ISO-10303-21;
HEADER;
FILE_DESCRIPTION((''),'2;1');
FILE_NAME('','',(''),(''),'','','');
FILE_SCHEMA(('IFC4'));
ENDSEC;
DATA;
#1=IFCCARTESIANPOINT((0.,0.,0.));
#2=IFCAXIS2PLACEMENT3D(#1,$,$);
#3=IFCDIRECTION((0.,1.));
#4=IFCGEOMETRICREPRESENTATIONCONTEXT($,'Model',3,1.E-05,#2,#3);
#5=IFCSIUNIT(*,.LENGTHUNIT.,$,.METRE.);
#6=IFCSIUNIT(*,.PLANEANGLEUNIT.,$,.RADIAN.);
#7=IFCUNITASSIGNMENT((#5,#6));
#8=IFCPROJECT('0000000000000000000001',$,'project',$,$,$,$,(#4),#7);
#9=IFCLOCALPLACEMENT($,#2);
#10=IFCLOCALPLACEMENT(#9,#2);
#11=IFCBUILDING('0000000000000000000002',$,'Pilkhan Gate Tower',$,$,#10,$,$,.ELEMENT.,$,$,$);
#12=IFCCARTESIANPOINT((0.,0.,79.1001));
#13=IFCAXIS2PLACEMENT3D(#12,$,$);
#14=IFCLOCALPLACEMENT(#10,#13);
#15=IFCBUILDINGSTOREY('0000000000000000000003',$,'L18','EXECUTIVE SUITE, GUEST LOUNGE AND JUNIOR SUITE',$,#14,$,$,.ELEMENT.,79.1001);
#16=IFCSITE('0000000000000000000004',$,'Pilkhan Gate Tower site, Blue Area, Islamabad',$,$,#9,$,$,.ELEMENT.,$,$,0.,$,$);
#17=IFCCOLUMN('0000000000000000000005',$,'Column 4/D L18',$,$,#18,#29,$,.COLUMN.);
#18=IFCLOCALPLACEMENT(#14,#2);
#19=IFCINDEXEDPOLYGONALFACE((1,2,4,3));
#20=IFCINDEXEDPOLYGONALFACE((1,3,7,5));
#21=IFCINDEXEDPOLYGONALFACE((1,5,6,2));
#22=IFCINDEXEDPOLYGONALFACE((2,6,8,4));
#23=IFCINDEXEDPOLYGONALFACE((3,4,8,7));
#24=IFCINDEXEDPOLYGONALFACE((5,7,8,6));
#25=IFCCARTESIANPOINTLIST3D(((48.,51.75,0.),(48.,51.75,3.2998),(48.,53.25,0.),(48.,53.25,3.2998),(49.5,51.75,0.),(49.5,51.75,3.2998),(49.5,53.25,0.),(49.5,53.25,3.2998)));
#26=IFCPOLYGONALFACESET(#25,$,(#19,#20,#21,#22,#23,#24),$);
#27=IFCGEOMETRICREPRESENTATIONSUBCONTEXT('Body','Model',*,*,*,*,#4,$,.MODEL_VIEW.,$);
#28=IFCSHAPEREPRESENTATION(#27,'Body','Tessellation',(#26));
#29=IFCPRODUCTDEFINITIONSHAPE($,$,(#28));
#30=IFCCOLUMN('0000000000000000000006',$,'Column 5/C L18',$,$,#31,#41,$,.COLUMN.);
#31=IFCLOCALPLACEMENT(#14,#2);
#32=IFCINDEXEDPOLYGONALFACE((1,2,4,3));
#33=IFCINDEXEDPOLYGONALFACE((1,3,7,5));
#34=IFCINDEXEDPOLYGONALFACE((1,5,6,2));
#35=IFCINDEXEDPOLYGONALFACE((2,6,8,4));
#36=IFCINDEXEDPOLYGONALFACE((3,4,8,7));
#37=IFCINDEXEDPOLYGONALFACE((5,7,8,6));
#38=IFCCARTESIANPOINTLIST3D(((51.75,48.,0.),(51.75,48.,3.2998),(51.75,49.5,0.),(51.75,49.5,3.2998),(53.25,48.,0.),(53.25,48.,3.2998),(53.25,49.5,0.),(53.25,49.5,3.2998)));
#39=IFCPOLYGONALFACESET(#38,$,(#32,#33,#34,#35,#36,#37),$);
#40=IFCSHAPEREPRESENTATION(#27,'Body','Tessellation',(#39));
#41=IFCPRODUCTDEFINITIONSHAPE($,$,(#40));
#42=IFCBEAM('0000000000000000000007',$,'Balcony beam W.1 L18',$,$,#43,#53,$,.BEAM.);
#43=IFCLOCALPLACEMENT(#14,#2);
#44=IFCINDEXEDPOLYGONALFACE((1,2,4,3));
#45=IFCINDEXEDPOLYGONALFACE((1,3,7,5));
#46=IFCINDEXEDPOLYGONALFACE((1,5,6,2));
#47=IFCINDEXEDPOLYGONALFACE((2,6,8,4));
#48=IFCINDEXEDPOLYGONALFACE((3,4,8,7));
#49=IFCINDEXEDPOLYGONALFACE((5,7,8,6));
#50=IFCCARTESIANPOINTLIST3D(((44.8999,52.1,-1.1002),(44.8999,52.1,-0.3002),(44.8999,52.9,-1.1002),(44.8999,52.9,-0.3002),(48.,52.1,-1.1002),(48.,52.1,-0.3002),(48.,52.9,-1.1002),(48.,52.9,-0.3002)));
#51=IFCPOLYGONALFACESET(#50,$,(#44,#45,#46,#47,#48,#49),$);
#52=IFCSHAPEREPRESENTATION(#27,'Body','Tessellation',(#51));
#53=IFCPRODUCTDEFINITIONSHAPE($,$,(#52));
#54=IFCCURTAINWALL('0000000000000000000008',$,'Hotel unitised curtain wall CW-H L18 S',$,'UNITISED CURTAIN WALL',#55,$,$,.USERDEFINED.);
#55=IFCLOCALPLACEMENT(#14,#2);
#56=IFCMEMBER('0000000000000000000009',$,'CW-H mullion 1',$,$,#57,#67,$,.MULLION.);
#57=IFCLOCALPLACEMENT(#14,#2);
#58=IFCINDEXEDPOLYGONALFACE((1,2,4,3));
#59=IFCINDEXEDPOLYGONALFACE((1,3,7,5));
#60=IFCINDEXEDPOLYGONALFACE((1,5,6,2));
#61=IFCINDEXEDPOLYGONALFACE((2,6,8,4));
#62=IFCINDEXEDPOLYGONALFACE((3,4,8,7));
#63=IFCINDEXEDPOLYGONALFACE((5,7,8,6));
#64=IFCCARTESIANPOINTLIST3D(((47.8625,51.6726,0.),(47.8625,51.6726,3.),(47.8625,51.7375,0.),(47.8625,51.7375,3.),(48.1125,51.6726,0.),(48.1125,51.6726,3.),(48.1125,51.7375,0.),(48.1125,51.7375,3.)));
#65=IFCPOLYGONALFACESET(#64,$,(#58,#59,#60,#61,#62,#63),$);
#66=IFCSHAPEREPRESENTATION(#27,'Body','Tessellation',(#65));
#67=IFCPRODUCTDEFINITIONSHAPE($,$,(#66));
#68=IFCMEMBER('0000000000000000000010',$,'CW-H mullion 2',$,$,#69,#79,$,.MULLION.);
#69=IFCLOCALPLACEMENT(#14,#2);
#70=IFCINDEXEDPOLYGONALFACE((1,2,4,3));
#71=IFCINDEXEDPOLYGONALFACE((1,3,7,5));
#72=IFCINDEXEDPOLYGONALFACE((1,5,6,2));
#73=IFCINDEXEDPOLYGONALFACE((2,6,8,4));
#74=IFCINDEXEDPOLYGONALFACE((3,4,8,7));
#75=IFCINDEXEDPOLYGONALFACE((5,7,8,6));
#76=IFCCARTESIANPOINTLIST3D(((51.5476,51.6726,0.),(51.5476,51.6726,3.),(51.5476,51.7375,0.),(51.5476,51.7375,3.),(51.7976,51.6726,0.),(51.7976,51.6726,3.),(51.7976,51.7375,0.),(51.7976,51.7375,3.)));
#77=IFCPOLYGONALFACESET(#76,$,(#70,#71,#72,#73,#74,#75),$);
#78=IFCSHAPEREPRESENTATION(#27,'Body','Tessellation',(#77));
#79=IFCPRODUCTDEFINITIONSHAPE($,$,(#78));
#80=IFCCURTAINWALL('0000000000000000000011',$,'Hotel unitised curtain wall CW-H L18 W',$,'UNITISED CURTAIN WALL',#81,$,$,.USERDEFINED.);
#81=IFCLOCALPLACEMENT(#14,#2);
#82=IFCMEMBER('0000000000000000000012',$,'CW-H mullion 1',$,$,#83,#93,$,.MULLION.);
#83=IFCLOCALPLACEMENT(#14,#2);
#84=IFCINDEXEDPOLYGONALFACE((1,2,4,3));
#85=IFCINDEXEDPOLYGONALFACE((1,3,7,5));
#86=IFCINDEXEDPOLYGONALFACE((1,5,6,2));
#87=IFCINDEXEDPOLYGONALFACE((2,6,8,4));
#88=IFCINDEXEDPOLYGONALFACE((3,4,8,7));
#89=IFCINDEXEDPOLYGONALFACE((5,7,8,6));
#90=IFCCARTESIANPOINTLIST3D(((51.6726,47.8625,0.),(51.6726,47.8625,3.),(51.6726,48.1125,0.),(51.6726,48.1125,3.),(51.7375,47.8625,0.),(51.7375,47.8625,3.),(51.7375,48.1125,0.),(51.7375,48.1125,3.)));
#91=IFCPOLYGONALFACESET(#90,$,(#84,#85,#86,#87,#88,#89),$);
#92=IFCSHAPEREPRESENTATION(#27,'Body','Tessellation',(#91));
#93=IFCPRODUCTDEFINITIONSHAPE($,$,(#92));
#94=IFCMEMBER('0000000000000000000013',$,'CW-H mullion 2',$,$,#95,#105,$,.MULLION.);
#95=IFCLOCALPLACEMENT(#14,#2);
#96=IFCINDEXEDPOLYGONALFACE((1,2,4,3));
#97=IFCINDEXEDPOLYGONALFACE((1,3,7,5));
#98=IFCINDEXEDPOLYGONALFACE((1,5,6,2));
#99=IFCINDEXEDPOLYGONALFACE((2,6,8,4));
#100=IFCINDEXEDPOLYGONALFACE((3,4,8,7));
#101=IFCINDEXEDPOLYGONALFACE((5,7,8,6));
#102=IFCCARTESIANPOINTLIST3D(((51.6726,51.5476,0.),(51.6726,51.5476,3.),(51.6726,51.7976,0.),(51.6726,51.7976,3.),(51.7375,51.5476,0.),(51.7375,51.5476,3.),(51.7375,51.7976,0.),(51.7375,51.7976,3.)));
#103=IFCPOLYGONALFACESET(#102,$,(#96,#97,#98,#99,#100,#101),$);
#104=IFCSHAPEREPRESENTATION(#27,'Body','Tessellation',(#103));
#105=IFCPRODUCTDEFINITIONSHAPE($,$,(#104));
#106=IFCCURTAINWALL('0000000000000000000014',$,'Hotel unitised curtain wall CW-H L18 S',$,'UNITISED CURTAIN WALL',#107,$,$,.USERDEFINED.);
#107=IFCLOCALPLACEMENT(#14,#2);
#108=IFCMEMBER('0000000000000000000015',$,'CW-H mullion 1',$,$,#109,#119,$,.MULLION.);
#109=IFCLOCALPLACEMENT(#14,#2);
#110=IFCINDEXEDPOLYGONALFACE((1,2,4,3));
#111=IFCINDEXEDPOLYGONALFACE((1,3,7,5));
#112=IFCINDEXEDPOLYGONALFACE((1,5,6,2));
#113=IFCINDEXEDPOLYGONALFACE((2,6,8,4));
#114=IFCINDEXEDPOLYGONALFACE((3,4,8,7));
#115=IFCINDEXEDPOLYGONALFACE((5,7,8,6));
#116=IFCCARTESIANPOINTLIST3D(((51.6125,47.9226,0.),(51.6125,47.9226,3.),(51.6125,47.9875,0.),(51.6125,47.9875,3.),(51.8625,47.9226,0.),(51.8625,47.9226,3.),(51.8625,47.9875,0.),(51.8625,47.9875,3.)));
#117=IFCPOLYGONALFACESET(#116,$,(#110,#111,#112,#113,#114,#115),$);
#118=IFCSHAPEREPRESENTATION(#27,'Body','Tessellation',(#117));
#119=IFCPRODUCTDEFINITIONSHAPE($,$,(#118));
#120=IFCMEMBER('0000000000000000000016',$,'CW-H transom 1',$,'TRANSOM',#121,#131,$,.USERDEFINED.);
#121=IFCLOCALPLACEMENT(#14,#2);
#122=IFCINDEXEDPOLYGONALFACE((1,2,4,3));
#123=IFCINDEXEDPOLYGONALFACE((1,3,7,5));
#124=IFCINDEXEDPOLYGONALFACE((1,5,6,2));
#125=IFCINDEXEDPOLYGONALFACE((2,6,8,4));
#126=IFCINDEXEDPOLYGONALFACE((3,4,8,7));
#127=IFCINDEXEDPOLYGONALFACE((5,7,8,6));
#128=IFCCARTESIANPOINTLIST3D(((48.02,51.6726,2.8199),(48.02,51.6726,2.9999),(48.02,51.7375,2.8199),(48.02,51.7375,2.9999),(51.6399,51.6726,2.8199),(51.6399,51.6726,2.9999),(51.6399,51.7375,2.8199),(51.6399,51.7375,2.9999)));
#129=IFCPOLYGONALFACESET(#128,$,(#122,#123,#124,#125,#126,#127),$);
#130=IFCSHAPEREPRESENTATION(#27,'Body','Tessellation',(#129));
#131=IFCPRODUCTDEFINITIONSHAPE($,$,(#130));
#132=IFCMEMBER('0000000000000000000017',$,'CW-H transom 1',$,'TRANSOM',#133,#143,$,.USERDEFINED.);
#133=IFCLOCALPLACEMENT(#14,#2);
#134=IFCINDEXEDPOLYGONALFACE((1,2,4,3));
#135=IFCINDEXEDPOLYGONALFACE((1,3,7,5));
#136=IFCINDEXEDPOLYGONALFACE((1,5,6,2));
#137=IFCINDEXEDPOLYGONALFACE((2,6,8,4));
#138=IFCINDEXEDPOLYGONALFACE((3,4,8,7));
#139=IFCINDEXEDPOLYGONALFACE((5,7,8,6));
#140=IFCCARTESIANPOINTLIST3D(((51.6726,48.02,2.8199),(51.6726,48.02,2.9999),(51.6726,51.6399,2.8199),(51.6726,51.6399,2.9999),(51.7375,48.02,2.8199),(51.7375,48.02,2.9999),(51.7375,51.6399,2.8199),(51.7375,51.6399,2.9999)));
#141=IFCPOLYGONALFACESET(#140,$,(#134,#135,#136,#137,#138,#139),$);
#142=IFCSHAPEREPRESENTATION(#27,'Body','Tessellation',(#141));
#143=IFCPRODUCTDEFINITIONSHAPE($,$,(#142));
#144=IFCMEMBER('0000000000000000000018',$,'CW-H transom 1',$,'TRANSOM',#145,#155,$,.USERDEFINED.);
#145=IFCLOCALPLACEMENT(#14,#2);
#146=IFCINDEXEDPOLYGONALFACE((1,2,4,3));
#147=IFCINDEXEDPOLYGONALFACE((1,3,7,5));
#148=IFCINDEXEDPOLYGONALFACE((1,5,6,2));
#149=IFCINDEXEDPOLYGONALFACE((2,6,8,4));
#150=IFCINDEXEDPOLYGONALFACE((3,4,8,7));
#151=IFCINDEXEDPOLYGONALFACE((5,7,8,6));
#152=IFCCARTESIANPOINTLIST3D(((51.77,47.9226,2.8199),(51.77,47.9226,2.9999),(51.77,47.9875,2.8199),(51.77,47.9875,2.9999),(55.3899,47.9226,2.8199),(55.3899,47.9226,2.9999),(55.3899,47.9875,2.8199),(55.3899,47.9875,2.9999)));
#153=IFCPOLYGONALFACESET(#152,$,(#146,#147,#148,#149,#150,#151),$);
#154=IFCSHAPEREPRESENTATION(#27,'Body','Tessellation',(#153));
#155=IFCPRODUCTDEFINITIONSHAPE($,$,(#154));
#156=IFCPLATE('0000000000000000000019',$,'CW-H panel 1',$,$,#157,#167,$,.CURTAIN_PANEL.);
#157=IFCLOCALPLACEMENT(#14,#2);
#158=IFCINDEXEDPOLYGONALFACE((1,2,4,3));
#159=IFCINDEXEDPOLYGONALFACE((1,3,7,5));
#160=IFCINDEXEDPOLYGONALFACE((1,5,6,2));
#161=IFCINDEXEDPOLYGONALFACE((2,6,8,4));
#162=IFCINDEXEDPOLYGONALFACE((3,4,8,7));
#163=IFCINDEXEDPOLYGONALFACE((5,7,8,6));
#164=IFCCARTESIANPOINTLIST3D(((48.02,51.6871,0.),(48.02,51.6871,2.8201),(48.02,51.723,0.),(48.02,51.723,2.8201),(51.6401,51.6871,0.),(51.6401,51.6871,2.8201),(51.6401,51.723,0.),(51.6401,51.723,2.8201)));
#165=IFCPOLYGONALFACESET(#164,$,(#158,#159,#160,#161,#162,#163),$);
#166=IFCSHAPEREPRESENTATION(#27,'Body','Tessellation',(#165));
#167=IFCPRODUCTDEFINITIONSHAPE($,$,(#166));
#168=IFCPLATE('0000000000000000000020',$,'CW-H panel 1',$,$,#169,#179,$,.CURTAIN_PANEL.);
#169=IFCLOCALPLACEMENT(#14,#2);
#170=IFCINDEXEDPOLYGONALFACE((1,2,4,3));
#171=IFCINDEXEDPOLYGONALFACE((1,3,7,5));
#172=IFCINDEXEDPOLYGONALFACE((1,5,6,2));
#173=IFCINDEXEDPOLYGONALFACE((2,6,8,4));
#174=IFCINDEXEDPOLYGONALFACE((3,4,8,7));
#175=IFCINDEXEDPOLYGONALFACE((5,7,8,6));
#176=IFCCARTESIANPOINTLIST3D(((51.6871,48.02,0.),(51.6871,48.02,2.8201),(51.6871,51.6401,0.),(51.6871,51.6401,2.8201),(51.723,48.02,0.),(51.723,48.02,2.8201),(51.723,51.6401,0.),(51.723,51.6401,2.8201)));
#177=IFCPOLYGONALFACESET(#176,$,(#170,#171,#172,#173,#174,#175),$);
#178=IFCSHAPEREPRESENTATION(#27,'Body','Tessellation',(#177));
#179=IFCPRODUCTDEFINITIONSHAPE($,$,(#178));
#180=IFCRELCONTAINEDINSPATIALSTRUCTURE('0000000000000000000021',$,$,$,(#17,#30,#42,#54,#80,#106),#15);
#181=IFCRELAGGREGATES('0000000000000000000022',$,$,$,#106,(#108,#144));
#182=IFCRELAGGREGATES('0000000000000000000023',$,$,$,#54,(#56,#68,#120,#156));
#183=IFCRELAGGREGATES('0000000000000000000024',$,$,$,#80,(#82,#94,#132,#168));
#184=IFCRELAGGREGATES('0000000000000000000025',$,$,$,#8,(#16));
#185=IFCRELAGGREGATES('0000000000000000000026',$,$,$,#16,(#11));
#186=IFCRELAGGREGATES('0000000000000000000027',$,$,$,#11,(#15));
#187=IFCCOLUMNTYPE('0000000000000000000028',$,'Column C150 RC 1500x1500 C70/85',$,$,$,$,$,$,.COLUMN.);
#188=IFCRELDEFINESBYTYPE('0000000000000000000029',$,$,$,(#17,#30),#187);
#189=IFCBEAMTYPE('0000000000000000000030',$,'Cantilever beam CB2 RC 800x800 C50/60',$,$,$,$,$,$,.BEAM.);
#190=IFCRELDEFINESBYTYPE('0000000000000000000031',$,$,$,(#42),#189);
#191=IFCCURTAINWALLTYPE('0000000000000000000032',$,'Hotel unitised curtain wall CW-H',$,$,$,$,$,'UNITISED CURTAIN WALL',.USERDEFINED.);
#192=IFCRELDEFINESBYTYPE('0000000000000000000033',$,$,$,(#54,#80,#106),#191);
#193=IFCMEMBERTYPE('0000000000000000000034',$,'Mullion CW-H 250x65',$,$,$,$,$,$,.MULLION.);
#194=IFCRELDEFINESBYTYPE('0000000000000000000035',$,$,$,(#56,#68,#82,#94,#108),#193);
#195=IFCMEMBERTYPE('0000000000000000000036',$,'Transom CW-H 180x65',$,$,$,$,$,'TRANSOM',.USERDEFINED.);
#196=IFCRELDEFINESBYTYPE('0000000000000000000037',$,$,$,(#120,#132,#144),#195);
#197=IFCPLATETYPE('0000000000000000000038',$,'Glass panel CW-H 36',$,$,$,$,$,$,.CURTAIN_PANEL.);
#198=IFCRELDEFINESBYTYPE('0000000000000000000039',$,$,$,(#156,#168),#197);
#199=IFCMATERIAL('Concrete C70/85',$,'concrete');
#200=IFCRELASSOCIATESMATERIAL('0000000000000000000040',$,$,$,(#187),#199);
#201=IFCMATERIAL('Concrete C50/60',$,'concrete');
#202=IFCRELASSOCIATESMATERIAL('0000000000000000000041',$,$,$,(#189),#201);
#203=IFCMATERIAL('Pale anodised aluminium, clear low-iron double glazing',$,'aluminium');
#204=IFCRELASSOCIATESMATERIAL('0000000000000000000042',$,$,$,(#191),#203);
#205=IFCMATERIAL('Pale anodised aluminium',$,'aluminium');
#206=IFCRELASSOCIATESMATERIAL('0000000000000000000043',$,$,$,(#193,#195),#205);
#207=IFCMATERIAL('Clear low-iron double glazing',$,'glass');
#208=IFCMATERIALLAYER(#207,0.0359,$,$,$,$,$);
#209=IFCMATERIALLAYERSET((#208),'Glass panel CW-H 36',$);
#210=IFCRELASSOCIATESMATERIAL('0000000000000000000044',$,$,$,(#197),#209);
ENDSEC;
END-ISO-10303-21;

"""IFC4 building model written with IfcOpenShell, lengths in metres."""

from ifc_helpers import new_model, si_unit, direction, frame, origin, origin_2d, place, context, subcontext, project, spatial, rectangle, extrude, material, layer, layer_set, material_profile, profile_set, type_object, element, aggregate, save


model = new_model("IFC4")

# Units and contexts
model_context = context("Model", 3, precision=1e-05, world=origin(), true_north=direction((0.0, 1.0)))
body_context = subcontext(model_context, "Body", "Model", "MODEL_VIEW")
ifc_project = project(units=[si_unit("LENGTHUNIT", "METRE"), si_unit("PLANEANGLEUNIT", "RADIAN")], contexts=[model_context])

# Site, building, storey
site_placement = place(None, origin())
site = spatial("IfcSite", under=ifc_project, at=site_placement, Name="Pilkhan Gate Tower site, Blue Area, Islamabad", CompositionType="ELEMENT", RefElevation=0.0)
building_placement = place(site_placement, origin())
building = spatial("IfcBuilding", under=site, at=building_placement, Name="Pilkhan Gate Tower", CompositionType="ELEMENT")
storey_placement = place(building_placement, frame((0.0, 0.0, 79.1001)))
storey = spatial("IfcBuildingStorey", under=building, at=storey_placement, Name="L18", Description="EXECUTIVE SUITE, GUEST LOUNGE AND JUNIOR SUITE", CompositionType="ELEMENT", Elevation=79.1001)

# Columns
ifc_material_1 = material(Name="Concrete C70/85", Category="concrete")
ifc_material_profile_1 = material_profile(ifc_material_1, rectangle(XDim=1.5, YDim=1.5, at=origin_2d()), Name="RC 1500x1500")
ifc_profile_set_1 = profile_set([ifc_material_profile_1], Name="Concrete C70/85")
column_type = type_object("IfcColumnType", Name="Column C150 RC 1500x1500 C70/85", PredefinedType="COLUMN", material=ifc_profile_set_1)
for number, where, z_axis, x_axis, name in (
    (1, (48.75, 52.5, 0.0), (0.0, 0.0, 1.0), (1.0, 0.0, 0.0), "Column 4/D L18"),
    (2, (52.5, 48.75, 0.0), (0.0, 0.0, 1.0), (1.0, 0.0, 0.0), "Column 5/C L18"),
):
    element("IfcColumn", number, at=place(storey_placement, frame(where, z_axis=z_axis, x_axis=x_axis)), inside=storey, type_object=column_type, Name=name, PredefinedType="COLUMN", context=body_context, shape_type="SweptSolid", body=[
        extrude(rectangle(XDim=1.5, YDim=1.5, at=origin_2d()), origin(), (0.0, 0.0, 1.0), 3.2998),
    ])

# Beam
ifc_material_2 = material(Name="Concrete C50/60", Category="concrete")
ifc_material_profile_2 = material_profile(ifc_material_2, rectangle(XDim=0.8, YDim=0.8, at=origin_2d()), Name="RC 800x800")
ifc_profile_set_2 = profile_set([ifc_material_profile_2], Name="Concrete C50/60")
beam_type = type_object("IfcBeamType", Name="Cantilever beam CB2 RC 800x800 C50/60", PredefinedType="BEAM", material=ifc_profile_set_2)
beam_placement = place(storey_placement, frame((48.0, 52.5, -0.7002), z_axis=(-1.0, 0.0, 0.0), x_axis=(0.0, -1.0, 0.0)))
element("IfcBeam", 3, at=beam_placement, inside=storey, type_object=beam_type, Name="Balcony beam W.1 L18", PredefinedType="BEAM", context=body_context, shape_type="SweptSolid", body=[
    extrude(rectangle(XDim=0.8, YDim=0.8, at=origin_2d()), origin(), (0.0, 0.0, 1.0), 3.1001),
])

# Curtain walls, members
ifc_material_3 = material(Name="Pale anodised aluminium, clear low-iron double glazing", Category="aluminium")
curtain_wall_type = type_object("IfcCurtainWallType", Name="Hotel unitised curtain wall CW-H", ElementType="UNITISED CURTAIN WALL", PredefinedType="USERDEFINED", material=ifc_material_3)
curtain_wall_1_placement = place(storey_placement, origin())
curtain_wall_1 = element("IfcCurtainWall", 4, at=curtain_wall_1_placement, inside=storey, type_object=curtain_wall_type, Name="Hotel unitised curtain wall CW-H L18 S", ObjectType="UNITISED CURTAIN WALL", PredefinedType="USERDEFINED")
ifc_material_4 = material(Name="Pale anodised aluminium", Category="aluminium")
ifc_material_profile_3 = material_profile(ifc_material_4, rectangle(XDim=0.0649, YDim=0.25, at=origin_2d()), Name="Mullion 250x65")
ifc_profile_set_3 = profile_set([ifc_material_profile_3], Name="Pale anodised aluminium")
member_type_1 = type_object("IfcMemberType", Name="Mullion CW-H 250x65", PredefinedType="MULLION", material=ifc_profile_set_3)
member_1_placement = place(storey_placement, frame((47.9875, 51.7051, 0.0), z_axis=(0.0, 0.0, 1.0), x_axis=(0.0, 1.0, 0.0)))
member_1 = element("IfcMember", 5, at=member_1_placement, type_object=member_type_1, Name="CW-H mullion 1", PredefinedType="MULLION", context=body_context, shape_type="SweptSolid", body=[
    extrude(rectangle(XDim=0.0649, YDim=0.25, at=origin_2d()), origin(), (0.0, 0.0, 1.0), 3.0),
])
member_2_placement = place(storey_placement, frame((51.6726, 51.7051, 0.0), z_axis=(0.0, 0.0, 1.0), x_axis=(0.0, 1.0, 0.0)))
member_2 = element("IfcMember", 6, at=member_2_placement, type_object=member_type_1, Name="CW-H mullion 2", PredefinedType="MULLION", context=body_context, shape_type="SweptSolid", body=[
    extrude(rectangle(XDim=0.0649, YDim=0.25, at=origin_2d()), origin(), (0.0, 0.0, 1.0), 3.0),
])
curtain_wall_2_placement = place(storey_placement, origin())
curtain_wall_2 = element("IfcCurtainWall", 7, at=curtain_wall_2_placement, inside=storey, type_object=curtain_wall_type, Name="Hotel unitised curtain wall CW-H L18 W", ObjectType="UNITISED CURTAIN WALL", PredefinedType="USERDEFINED")
member_3_placement = place(storey_placement, frame((51.7051, 47.9875, 0.0), z_axis=(0.0, 0.0, 1.0), x_axis=(-1.0, 0.0, 0.0)))
member_3 = element("IfcMember", 8, at=member_3_placement, type_object=member_type_1, Name="CW-H mullion 1", PredefinedType="MULLION", context=body_context, shape_type="SweptSolid", body=[
    extrude(rectangle(XDim=0.0649, YDim=0.25, at=origin_2d()), origin(), (0.0, 0.0, 1.0), 3.0),
])
member_4_placement = place(storey_placement, frame((51.7051, 51.6726, 0.0), z_axis=(0.0, 0.0, 1.0), x_axis=(-1.0, 0.0, 0.0)))
member_4 = element("IfcMember", 9, at=member_4_placement, type_object=member_type_1, Name="CW-H mullion 2", PredefinedType="MULLION", context=body_context, shape_type="SweptSolid", body=[
    extrude(rectangle(XDim=0.0649, YDim=0.25, at=origin_2d()), origin(), (0.0, 0.0, 1.0), 3.0),
])

# Curtain wall, member
curtain_wall_3_placement = place(storey_placement, origin())
curtain_wall_3 = element("IfcCurtainWall", 10, at=curtain_wall_3_placement, inside=storey, type_object=curtain_wall_type, Name="Hotel unitised curtain wall CW-H L18 S", ObjectType="UNITISED CURTAIN WALL", PredefinedType="USERDEFINED")
member_5_placement = place(storey_placement, frame((51.7375, 47.9551, 0.0), z_axis=(0.0, 0.0, 1.0), x_axis=(0.0, 1.0, 0.0)))
member_5 = element("IfcMember", 11, at=member_5_placement, type_object=member_type_1, Name="CW-H mullion 1", PredefinedType="MULLION", context=body_context, shape_type="SweptSolid", body=[
    extrude(rectangle(XDim=0.0649, YDim=0.25, at=origin_2d()), origin(), (0.0, 0.0, 1.0), 3.0),
])

# Members
ifc_material_profile_4 = material_profile(ifc_material_4, rectangle(XDim=0.0649, YDim=0.1799, at=origin_2d()), Name="Transom 180x65")
ifc_profile_set_4 = profile_set([ifc_material_profile_4], Name="Pale anodised aluminium")
member_type_2 = type_object("IfcMemberType", Name="Transom CW-H 180x65", ElementType="TRANSOM", PredefinedType="USERDEFINED", material=ifc_profile_set_4)
member_6_placement = place(storey_placement, frame((48.02, 51.7051, 2.9099), z_axis=(1.0, 0.0, 0.0), x_axis=(0.0, 1.0, 0.0)))
member_6 = element("IfcMember", 12, at=member_6_placement, type_object=member_type_2, Name="CW-H transom 1", ObjectType="TRANSOM", PredefinedType="USERDEFINED", context=body_context, shape_type="SweptSolid", body=[
    extrude(rectangle(XDim=0.0649, YDim=0.1799, at=origin_2d()), origin(), (0.0, 0.0, 1.0), 3.6199),
])
member_7_placement = place(storey_placement, frame((51.7051, 48.02, 2.9099), z_axis=(0.0, 1.0, 0.0), x_axis=(-1.0, 0.0, 0.0)))
member_7 = element("IfcMember", 13, at=member_7_placement, type_object=member_type_2, Name="CW-H transom 1", ObjectType="TRANSOM", PredefinedType="USERDEFINED", context=body_context, shape_type="SweptSolid", body=[
    extrude(rectangle(XDim=0.0649, YDim=0.1799, at=origin_2d()), origin(), (0.0, 0.0, 1.0), 3.6199),
])
member_8_placement = place(storey_placement, frame((51.77, 47.9551, 2.9099), z_axis=(1.0, 0.0, 0.0), x_axis=(0.0, 1.0, 0.0)))
member_8 = element("IfcMember", 14, at=member_8_placement, type_object=member_type_2, Name="CW-H transom 1", ObjectType="TRANSOM", PredefinedType="USERDEFINED", context=body_context, shape_type="SweptSolid", body=[
    extrude(rectangle(XDim=0.0649, YDim=0.1799, at=origin_2d()), origin(), (0.0, 0.0, 1.0), 3.6199),
])
aggregate(curtain_wall_3, [member_5, member_8])

# Plates
ifc_material_5 = material(Name="Clear low-iron double glazing", Category="glass")
ifc_layer_1 = layer(ifc_material_5, 0.0359)
ifc_layer_set_1 = layer_set([ifc_layer_1], Name="Glass panel CW-H 36")
plate_type = type_object("IfcPlateType", Name="Glass panel CW-H 36", PredefinedType="CURTAIN_PANEL", material=ifc_layer_set_1)
plate_1_placement = place(storey_placement, frame((49.8301, 51.7051, 0.0), z_axis=(0.0, 0.0, 1.0), x_axis=(1.0, 0.0, 0.0)))
plate_1 = element("IfcPlate", 15, at=plate_1_placement, type_object=plate_type, Name="CW-H panel 1", PredefinedType="CURTAIN_PANEL", context=body_context, shape_type="SweptSolid", body=[
    extrude(rectangle(XDim=3.6201, YDim=0.0359, at=origin_2d()), origin(), (0.0, 0.0, 1.0), 2.8201),
])
aggregate(curtain_wall_1, [member_1, member_2, member_6, plate_1])
plate_2_placement = place(storey_placement, frame((51.7051, 49.8301, 0.0), z_axis=(0.0, 0.0, 1.0), x_axis=(0.0, 1.0, 0.0)))
plate_2 = element("IfcPlate", 16, at=plate_2_placement, type_object=plate_type, Name="CW-H panel 1", PredefinedType="CURTAIN_PANEL", context=body_context, shape_type="SweptSolid", body=[
    extrude(rectangle(XDim=3.6201, YDim=0.0359, at=origin_2d()), origin(), (0.0, 0.0, 1.0), 2.8201),
])
aggregate(curtain_wall_2, [member_3, member_4, member_7, plate_2])

save(model, "model.ifc")
